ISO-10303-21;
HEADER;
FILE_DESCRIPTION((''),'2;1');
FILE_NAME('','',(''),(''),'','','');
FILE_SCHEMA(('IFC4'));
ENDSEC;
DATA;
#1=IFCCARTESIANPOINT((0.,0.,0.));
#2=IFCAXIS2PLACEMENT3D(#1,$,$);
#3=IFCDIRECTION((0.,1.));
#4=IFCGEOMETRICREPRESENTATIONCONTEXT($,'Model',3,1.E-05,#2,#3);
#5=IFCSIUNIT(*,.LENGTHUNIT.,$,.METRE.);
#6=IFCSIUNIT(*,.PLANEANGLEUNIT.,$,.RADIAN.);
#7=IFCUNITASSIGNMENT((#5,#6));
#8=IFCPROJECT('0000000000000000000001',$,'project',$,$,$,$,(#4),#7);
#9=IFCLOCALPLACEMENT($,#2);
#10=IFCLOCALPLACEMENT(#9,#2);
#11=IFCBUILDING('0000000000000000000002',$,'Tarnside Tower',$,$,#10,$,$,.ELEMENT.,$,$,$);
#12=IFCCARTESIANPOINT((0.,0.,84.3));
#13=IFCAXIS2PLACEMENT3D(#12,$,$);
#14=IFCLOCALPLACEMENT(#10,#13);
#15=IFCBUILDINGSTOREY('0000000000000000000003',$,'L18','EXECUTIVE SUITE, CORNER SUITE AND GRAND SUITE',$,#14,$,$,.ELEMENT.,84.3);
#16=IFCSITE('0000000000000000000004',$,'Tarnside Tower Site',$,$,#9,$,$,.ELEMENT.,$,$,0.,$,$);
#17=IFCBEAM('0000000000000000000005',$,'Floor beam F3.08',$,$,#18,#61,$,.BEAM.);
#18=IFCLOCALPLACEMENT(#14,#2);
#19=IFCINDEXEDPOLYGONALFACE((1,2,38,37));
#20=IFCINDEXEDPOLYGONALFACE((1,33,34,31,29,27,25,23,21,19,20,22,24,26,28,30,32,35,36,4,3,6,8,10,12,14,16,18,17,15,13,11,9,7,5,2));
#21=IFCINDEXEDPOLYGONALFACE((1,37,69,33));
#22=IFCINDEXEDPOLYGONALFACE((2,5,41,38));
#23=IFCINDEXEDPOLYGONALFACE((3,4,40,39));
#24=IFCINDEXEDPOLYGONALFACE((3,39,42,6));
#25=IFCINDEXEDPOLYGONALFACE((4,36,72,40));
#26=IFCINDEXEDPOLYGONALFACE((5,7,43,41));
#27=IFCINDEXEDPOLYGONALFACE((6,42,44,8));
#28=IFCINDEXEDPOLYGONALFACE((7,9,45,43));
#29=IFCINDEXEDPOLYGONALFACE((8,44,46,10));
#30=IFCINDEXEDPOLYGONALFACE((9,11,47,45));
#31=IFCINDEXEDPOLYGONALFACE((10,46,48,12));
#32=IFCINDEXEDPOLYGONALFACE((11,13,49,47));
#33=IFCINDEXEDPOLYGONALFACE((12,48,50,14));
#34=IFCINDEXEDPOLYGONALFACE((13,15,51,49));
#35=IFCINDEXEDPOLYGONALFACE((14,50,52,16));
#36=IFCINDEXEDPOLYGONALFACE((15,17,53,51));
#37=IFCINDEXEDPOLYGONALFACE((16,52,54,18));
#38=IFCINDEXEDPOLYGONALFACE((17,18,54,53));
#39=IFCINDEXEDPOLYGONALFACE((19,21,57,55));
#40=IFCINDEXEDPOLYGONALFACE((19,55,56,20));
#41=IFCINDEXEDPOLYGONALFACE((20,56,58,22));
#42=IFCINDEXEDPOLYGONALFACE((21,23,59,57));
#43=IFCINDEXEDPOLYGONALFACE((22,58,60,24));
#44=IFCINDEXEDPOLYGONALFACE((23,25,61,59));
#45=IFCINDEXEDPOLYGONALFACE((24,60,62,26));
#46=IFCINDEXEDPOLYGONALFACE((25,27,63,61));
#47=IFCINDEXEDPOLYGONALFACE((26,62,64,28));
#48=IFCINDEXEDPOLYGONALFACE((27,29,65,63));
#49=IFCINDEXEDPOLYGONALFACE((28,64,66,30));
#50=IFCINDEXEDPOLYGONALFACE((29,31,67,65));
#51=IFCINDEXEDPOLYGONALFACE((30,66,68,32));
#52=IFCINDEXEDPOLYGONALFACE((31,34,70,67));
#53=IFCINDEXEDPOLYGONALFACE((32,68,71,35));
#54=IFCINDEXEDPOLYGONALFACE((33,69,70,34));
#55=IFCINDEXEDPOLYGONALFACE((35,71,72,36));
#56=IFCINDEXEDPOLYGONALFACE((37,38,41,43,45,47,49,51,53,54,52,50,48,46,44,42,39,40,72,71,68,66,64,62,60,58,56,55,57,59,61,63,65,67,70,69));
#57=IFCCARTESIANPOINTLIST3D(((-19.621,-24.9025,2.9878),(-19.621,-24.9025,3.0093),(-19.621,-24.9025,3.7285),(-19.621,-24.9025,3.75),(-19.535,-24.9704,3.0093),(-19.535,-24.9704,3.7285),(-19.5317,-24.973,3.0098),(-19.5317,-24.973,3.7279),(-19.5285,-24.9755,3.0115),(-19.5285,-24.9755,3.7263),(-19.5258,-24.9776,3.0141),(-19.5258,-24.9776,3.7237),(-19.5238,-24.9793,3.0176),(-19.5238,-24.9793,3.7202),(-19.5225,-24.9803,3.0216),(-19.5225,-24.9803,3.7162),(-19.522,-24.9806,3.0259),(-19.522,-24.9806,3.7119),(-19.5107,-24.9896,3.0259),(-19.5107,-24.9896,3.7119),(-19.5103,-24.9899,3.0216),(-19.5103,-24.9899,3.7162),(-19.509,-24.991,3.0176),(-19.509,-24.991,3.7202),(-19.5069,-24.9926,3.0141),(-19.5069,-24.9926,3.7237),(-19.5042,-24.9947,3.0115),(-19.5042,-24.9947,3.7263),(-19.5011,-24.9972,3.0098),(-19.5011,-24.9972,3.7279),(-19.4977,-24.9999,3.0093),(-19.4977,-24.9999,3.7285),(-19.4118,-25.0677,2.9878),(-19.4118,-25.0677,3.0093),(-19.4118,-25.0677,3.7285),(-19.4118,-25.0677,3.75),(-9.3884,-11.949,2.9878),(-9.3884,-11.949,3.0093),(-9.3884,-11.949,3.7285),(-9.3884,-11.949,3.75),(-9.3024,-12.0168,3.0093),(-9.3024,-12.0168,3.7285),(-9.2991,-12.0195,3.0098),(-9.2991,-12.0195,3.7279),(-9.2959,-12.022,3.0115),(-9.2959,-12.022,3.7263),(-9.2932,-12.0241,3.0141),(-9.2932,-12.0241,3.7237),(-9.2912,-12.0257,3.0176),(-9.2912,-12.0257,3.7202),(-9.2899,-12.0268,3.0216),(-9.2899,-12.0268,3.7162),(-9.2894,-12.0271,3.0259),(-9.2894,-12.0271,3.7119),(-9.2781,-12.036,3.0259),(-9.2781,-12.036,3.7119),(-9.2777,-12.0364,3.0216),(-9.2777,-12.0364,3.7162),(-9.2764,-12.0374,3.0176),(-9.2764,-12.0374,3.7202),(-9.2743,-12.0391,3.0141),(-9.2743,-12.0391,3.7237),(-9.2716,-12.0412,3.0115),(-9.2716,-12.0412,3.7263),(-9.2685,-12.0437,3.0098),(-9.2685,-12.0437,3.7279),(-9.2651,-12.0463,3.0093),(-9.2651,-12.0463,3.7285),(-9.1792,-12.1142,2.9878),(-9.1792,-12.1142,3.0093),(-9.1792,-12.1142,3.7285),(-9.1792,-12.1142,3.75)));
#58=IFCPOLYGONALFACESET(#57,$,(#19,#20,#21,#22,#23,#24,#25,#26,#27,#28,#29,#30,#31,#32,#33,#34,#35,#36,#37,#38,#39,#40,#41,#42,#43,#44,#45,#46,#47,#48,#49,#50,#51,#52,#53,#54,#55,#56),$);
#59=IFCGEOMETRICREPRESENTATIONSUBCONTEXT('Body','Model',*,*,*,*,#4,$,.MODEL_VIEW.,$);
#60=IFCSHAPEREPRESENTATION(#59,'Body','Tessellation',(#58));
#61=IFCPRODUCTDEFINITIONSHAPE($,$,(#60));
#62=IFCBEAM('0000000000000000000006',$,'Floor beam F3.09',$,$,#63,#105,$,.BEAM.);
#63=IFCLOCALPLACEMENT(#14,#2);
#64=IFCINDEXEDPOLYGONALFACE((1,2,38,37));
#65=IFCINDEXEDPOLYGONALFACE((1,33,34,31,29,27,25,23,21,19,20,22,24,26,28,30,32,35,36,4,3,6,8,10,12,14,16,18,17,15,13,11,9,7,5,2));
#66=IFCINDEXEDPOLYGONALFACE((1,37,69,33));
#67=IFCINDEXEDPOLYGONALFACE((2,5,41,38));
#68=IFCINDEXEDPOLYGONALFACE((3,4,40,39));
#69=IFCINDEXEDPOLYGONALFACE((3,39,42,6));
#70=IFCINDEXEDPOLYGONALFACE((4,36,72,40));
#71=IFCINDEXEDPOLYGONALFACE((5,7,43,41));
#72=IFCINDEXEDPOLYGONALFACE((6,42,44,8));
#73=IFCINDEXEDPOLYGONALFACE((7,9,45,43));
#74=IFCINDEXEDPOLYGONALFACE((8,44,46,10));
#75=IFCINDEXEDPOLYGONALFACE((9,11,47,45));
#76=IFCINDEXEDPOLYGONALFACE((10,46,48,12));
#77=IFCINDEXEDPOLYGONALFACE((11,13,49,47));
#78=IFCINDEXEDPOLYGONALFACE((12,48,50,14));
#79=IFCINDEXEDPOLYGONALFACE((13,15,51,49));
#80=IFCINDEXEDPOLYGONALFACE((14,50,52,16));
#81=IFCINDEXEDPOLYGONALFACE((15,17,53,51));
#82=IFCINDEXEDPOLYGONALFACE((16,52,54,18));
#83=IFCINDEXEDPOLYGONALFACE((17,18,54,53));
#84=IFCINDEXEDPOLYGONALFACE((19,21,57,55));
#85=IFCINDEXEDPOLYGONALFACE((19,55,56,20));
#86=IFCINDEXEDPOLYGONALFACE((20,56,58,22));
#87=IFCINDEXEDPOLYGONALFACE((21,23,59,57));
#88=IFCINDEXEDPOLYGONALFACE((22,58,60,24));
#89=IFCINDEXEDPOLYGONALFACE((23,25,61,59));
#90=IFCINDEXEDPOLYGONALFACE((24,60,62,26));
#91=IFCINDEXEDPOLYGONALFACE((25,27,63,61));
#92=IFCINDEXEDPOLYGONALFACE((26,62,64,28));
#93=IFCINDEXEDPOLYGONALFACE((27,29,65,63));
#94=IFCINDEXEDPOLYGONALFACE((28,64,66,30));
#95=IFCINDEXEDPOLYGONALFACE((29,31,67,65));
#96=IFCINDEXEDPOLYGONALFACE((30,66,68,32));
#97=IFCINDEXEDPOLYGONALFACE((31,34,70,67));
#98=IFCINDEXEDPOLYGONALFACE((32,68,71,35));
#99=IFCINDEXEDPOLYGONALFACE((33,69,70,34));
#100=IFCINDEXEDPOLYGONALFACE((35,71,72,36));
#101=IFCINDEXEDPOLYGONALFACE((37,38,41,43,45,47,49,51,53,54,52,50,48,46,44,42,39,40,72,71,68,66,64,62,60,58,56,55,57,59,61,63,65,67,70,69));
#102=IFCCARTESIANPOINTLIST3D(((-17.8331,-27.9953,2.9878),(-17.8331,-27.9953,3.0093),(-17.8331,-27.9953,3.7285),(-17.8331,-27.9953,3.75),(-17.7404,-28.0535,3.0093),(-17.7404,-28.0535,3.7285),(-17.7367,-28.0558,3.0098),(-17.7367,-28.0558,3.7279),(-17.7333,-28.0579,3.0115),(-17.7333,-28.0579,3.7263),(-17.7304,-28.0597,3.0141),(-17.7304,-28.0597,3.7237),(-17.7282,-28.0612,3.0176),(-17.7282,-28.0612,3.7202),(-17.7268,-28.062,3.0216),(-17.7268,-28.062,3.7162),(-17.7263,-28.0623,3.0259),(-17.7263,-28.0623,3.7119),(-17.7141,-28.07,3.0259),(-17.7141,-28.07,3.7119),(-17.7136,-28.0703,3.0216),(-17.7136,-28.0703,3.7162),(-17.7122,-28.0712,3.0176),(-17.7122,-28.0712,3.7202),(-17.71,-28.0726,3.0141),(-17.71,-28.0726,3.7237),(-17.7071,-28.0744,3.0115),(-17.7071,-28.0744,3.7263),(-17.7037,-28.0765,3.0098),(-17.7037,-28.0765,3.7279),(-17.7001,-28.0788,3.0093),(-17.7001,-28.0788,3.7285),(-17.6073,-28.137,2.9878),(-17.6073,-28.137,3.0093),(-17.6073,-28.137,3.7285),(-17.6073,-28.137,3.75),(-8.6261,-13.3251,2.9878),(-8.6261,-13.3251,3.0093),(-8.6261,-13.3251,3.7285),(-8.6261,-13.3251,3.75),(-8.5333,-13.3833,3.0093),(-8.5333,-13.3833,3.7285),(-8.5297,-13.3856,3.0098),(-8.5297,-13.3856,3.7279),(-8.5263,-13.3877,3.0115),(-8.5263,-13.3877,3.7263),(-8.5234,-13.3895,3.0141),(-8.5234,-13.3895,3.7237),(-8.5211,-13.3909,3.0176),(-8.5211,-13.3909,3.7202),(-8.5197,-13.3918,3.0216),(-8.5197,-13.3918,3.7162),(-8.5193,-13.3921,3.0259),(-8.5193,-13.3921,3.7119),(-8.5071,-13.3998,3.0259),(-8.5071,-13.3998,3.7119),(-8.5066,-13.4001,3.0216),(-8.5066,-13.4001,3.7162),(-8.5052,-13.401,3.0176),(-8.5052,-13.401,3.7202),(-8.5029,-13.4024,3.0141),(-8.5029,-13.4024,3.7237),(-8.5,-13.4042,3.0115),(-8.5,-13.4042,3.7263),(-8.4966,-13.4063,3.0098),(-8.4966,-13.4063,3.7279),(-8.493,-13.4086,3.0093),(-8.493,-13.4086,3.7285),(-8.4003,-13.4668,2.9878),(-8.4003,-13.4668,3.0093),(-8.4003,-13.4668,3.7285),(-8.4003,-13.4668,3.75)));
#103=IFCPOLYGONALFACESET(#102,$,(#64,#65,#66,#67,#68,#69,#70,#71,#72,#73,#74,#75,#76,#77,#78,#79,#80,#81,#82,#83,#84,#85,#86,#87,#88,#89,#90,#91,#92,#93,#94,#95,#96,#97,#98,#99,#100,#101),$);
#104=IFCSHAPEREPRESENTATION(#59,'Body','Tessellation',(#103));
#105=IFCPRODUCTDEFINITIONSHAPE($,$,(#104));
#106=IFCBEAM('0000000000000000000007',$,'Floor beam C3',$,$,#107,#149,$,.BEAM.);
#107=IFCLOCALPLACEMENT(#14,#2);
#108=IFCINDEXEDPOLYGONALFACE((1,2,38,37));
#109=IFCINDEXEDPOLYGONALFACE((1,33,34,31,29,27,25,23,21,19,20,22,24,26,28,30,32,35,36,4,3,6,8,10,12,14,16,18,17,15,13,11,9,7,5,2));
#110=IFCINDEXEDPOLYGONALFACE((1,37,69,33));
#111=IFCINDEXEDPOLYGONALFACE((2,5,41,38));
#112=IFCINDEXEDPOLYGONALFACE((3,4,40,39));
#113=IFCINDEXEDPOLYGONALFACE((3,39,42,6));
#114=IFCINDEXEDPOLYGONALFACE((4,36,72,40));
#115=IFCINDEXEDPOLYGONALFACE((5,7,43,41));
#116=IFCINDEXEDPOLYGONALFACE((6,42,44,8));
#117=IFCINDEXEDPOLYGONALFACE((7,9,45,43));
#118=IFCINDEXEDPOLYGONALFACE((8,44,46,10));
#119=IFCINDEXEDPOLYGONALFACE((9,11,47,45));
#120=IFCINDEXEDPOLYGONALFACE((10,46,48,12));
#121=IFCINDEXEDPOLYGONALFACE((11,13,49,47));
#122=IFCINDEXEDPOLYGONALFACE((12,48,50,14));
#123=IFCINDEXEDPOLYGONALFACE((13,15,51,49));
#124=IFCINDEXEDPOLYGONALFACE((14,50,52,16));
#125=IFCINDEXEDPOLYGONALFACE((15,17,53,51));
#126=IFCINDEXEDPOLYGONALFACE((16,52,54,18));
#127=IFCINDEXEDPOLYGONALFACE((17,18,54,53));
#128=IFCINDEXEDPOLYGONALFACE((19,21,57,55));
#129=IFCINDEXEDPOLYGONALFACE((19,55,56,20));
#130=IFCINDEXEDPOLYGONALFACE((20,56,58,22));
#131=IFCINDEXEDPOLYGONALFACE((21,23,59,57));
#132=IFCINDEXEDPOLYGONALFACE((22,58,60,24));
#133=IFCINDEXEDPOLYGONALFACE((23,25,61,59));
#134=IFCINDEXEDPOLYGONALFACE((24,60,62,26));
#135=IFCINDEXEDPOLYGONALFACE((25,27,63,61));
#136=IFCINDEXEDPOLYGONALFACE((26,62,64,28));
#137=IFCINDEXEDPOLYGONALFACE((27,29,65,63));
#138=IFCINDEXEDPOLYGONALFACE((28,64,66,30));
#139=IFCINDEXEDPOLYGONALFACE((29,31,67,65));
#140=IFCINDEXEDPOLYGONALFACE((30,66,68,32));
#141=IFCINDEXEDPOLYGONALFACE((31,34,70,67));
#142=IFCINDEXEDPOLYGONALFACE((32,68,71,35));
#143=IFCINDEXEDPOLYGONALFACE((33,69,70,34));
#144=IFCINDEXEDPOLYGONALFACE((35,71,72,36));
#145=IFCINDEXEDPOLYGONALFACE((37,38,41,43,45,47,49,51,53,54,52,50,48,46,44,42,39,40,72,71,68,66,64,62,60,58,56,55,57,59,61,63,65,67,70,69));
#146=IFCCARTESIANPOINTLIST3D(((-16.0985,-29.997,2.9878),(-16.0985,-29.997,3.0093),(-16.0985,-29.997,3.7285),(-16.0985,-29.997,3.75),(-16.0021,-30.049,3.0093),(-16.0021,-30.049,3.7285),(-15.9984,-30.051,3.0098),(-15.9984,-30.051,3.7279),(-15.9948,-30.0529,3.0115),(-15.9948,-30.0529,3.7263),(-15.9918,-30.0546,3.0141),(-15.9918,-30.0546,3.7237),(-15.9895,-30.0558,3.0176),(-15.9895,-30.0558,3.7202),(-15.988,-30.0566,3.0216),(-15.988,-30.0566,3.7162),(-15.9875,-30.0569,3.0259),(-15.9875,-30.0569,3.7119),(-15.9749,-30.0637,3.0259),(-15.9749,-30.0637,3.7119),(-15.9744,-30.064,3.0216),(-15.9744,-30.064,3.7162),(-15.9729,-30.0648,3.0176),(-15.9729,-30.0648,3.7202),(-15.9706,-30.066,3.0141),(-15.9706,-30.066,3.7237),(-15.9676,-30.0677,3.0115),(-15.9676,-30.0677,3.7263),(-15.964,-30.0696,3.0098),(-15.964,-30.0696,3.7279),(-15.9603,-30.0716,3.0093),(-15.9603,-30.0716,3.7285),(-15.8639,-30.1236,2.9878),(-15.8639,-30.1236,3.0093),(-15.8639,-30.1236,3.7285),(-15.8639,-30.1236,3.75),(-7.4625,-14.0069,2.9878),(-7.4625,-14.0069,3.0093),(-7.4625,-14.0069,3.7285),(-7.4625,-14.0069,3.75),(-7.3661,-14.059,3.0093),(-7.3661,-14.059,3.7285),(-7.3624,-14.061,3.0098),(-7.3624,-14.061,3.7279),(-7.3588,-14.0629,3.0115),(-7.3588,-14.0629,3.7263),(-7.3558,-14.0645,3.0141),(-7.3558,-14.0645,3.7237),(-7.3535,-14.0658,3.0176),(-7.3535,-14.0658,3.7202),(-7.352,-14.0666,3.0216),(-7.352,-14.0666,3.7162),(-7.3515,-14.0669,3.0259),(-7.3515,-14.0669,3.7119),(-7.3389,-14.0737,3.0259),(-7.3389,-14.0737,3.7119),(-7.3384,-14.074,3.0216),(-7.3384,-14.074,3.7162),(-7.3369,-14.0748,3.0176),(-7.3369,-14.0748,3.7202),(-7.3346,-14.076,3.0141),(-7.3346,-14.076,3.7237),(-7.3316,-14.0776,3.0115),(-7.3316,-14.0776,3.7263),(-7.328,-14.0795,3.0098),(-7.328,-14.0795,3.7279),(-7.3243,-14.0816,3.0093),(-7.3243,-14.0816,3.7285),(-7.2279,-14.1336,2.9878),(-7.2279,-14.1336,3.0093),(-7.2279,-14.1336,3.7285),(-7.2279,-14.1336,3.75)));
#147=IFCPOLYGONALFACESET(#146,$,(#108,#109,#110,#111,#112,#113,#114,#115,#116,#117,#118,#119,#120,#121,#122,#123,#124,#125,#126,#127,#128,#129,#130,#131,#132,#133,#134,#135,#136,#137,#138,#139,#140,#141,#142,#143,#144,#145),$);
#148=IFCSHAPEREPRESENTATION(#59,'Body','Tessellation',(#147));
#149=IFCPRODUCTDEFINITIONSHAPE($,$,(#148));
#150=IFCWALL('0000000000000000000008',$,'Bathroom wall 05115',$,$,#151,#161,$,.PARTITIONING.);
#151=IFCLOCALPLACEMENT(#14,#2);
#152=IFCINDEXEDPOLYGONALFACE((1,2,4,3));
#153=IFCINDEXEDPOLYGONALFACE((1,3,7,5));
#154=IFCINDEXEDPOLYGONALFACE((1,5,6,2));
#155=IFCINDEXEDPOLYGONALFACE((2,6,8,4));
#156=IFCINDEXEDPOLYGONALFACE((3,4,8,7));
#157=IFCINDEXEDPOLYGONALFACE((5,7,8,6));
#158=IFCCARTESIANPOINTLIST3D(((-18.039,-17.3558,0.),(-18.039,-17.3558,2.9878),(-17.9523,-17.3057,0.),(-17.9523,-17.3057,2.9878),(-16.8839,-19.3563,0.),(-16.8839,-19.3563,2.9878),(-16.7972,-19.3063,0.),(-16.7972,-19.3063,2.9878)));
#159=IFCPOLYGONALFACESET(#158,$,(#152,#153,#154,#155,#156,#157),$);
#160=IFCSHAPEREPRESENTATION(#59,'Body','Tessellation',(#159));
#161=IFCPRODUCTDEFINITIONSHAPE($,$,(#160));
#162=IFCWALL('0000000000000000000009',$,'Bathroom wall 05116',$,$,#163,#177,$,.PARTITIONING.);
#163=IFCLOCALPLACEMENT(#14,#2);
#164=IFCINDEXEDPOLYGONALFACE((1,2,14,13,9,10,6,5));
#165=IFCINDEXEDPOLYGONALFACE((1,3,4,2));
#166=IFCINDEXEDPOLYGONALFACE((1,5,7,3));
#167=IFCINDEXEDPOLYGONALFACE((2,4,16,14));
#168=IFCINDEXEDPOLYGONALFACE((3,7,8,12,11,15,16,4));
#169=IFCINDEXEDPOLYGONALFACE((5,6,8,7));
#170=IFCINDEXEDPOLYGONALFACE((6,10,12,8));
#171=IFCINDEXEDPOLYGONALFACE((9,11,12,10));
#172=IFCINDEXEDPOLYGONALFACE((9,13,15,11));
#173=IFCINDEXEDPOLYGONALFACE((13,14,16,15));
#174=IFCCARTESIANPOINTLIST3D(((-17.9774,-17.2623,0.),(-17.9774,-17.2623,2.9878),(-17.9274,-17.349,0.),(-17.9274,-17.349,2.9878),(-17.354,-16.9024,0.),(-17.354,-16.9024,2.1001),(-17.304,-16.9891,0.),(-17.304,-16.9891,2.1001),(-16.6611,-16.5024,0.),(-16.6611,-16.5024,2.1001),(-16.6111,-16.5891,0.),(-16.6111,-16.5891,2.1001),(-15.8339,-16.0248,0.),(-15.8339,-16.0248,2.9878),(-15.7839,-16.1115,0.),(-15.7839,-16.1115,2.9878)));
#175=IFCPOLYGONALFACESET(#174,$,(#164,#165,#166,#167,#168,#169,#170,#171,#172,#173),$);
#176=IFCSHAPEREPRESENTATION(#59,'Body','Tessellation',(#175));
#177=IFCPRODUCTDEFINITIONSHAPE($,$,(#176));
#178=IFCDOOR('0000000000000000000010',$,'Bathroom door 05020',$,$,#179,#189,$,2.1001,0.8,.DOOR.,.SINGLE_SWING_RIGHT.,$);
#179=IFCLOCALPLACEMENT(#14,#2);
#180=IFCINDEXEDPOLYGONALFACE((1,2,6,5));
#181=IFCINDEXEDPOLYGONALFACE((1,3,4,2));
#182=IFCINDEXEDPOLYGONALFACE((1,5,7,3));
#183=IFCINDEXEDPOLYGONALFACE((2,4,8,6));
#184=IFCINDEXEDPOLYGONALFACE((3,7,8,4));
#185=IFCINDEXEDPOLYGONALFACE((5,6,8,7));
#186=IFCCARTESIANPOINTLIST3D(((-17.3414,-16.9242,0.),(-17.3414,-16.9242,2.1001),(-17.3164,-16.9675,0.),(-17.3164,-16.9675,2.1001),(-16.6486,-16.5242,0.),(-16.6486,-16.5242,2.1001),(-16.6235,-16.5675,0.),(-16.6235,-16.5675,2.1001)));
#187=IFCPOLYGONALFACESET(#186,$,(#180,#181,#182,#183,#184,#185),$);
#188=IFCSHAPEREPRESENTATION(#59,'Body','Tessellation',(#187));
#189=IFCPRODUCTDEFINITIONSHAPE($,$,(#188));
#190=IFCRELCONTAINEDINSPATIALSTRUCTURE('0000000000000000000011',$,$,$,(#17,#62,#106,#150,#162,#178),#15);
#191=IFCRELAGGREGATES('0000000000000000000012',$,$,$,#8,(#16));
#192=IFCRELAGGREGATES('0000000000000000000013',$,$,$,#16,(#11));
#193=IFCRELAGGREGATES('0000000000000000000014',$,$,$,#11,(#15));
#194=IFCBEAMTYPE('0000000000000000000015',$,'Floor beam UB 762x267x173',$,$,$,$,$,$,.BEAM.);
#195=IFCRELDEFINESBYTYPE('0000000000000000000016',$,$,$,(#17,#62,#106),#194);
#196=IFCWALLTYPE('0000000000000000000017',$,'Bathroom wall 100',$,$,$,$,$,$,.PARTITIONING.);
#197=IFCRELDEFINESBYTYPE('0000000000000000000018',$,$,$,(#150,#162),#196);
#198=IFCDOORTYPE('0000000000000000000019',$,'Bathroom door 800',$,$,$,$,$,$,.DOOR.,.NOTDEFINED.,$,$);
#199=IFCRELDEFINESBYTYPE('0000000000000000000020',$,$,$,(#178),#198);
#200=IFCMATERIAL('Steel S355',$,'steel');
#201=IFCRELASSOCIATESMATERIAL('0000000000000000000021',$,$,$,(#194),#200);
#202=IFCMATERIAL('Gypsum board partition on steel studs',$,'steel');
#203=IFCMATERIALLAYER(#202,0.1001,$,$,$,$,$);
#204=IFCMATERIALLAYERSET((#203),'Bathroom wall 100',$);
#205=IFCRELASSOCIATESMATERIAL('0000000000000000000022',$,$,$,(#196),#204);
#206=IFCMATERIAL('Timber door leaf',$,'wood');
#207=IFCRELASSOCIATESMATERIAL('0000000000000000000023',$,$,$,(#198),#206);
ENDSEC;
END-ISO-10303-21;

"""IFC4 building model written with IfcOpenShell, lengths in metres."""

from ifc_helpers import new_model, si_unit, direction, frame, frame_2d, origin, origin_2d, place, context, subcontext, project, spatial, rectangle, i_section, extrude, material, layer, layer_set, material_profile, profile_set, type_object, element, fill, save


model = new_model("IFC4")

# Units and contexts
model_context = context("Model", 3, precision=1e-05, world=origin(), true_north=direction((0.0, 1.0)))
body_context = subcontext(model_context, "Body", "Model", "MODEL_VIEW")
ifc_project = project(units=[si_unit("LENGTHUNIT", "METRE"), si_unit("PLANEANGLEUNIT", "RADIAN")], contexts=[model_context])

# Site, building, storey
site_placement = place(None, origin())
site = spatial("IfcSite", under=ifc_project, at=site_placement, Name="Tarnside Tower Site", CompositionType="ELEMENT", RefElevation=0.0)
building_placement = place(site_placement, origin())
building = spatial("IfcBuilding", under=site, at=building_placement, Name="Tarnside Tower", CompositionType="ELEMENT")
storey_placement = place(building_placement, frame((0.0, 0.0, 84.3)))
storey = spatial("IfcBuildingStorey", under=building, at=storey_placement, Name="L18", Description="EXECUTIVE SUITE, CORNER SUITE AND GRAND SUITE", CompositionType="ELEMENT", Elevation=84.3)

# Beams
ifc_material_1 = material(Name="Steel S355", Category="steel")
ifc_material_profile_1 = material_profile(ifc_material_1, i_section(OverallWidth=0.2666, OverallDepth=0.7622, WebThickness=0.0144, FlangeThickness=0.0215, FilletRadius=0.0166, at=origin_2d()), Name="UB 762x267x173")
ifc_profile_set_1 = profile_set([ifc_material_profile_1], Name="Steel S355")
beam_type_1 = type_object("IfcBeamType", Name="Floor beam UB 762x267x173", PredefinedType="BEAM", material=ifc_profile_set_1)
beam_1_placement = place(storey_placement, frame((-19.5164, -24.9851, 3.3689), z_axis=(0.619873, 0.784702, 0.0), x_axis=(-0.784702, 0.619873, 0.0)))
element("IfcBeam", 1, at=beam_1_placement, inside=storey, type_object=beam_type_1, Name="Floor beam F3.08", PredefinedType="BEAM", context=body_context, shape_type="SweptSolid", body=[
    extrude(i_section(OverallWidth=0.2666, OverallDepth=0.7622, WebThickness=0.0144, FlangeThickness=0.0215, FilletRadius=0.0166, at=origin_2d()), origin(), (0.0, 0.0, 1.0), 16.5076),
])
beam_2_placement = place(storey_placement, frame((-17.7202, -28.0662, 3.3689), z_axis=(0.531583, 0.847006, 0.0), x_axis=(-0.847006, 0.531583, 0.0)))
element("IfcBeam", 2, at=beam_2_placement, inside=storey, type_object=beam_type_1, Name="Floor beam F3.09", PredefinedType="BEAM", context=body_context, shape_type="SweptSolid", body=[
    extrude(i_section(OverallWidth=0.2666, OverallDepth=0.7622, WebThickness=0.0144, FlangeThickness=0.0215, FilletRadius=0.0166, at=origin_2d()), origin(), (0.0, 0.0, 1.0), 17.3201),
])
beam_3_placement = place(storey_placement, frame((-15.9812, -30.0603, 3.3689), z_axis=(0.475208, 0.879873, 0.0), x_axis=(-0.879873, 0.475208, 0.0)))
element("IfcBeam", 3, at=beam_3_placement, inside=storey, type_object=beam_type_1, Name="Floor beam C3", PredefinedType="BEAM", context=body_context, shape_type="SweptSolid", body=[
    extrude(i_section(OverallWidth=0.2666, OverallDepth=0.7622, WebThickness=0.0144, FlangeThickness=0.0215, FilletRadius=0.0166, at=origin_2d()), origin(), (0.0, 0.0, 1.0), 18.1731),
])

# Wall
ifc_material_2 = material(Name="Gypsum board partition on steel studs", Category="steel")
ifc_layer_1 = layer(ifc_material_2, 0.1001)
ifc_layer_set_1 = layer_set([ifc_layer_1], Name="Bathroom wall 100")
wall_type_1 = type_object("IfcWallType", Name="Bathroom wall 100", PredefinedType="PARTITIONING", material=ifc_layer_set_1)
wall_1_placement = place(storey_placement, frame((-16.8406, -19.3313, 0.0), z_axis=(0.0, 0.0, 1.0), x_axis=(-0.500015, 0.866017, 0.0)))
element("IfcWall", 4, at=wall_1_placement, inside=storey, type_object=wall_type_1, Name="Bathroom wall 05115", PredefinedType="PARTITIONING", context=body_context, shape_type="SweptSolid", body=[
    extrude(rectangle(XDim=2.3101, YDim=0.1001, at=frame_2d((1.155, 0.0))), origin(), (0.0, 0.0, 1.0), 2.9878),
])

# Wall, opening, door
wall_2_placement = place(storey_placement, frame((-17.9524, -17.3057, 0.0), z_axis=(0.0, 0.0, 1.0), x_axis=(0.866031, 0.49999, 0.0)))
wall_2 = element("IfcWall", 5, at=wall_2_placement, inside=storey, type_object=wall_type_1, Name="Bathroom wall 05116", PredefinedType="PARTITIONING", context=body_context, shape_type="SweptSolid", body=[
    extrude(rectangle(XDim=2.4751, YDim=0.1001, at=frame_2d((1.2375, 0.0))), origin(), (0.0, 0.0, 1.0), 2.9878),
])
opening_1_placement = place(wall_2_placement, frame((0.72, 0.0, 0.0)))
opening_1 = element("IfcOpeningElement", 6, at=opening_1_placement, cuts=wall_2, PredefinedType="OPENING", context=body_context, shape_type="SweptSolid", body=[
    extrude(rectangle(XDim=0.8, YDim=2.1001, at=frame_2d((0.3999, 1.05))), frame((0.0, 0.0601, 0.0), z_axis=(0.0, -1.0, 0.0), x_axis=(1.0, 0.0, 0.0)), (0.0, 0.0, 1.0), 0.1201),
])
ifc_material_3 = material(Name="Timber door leaf", Category="wood")
door_type = type_object("IfcDoorType", Name="Bathroom door 800", OperationType="NOTDEFINED", PredefinedType="DOOR", material=ifc_material_3)
door_1_placement = place(opening_1_placement, origin())
door_1 = element("IfcDoor", 7, at=door_1_placement, inside=storey, type_object=door_type, Name="Bathroom door 05020", OperationType="SINGLE_SWING_RIGHT", OverallHeight=2.1001, OverallWidth=0.8, PredefinedType="DOOR", context=body_context, shape_type="SweptSolid", body=[
    extrude(rectangle(XDim=0.8, YDim=2.1001, at=frame_2d((0.3999, 1.05))), frame((0.0, 0.0249, 0.0), z_axis=(0.0, -1.0, 0.0), x_axis=(1.0, 0.0, 0.0)), (0.0, 0.0, 1.0), 0.05),
])
fill(opening_1, door_1)

save(model, "model.ifc")
